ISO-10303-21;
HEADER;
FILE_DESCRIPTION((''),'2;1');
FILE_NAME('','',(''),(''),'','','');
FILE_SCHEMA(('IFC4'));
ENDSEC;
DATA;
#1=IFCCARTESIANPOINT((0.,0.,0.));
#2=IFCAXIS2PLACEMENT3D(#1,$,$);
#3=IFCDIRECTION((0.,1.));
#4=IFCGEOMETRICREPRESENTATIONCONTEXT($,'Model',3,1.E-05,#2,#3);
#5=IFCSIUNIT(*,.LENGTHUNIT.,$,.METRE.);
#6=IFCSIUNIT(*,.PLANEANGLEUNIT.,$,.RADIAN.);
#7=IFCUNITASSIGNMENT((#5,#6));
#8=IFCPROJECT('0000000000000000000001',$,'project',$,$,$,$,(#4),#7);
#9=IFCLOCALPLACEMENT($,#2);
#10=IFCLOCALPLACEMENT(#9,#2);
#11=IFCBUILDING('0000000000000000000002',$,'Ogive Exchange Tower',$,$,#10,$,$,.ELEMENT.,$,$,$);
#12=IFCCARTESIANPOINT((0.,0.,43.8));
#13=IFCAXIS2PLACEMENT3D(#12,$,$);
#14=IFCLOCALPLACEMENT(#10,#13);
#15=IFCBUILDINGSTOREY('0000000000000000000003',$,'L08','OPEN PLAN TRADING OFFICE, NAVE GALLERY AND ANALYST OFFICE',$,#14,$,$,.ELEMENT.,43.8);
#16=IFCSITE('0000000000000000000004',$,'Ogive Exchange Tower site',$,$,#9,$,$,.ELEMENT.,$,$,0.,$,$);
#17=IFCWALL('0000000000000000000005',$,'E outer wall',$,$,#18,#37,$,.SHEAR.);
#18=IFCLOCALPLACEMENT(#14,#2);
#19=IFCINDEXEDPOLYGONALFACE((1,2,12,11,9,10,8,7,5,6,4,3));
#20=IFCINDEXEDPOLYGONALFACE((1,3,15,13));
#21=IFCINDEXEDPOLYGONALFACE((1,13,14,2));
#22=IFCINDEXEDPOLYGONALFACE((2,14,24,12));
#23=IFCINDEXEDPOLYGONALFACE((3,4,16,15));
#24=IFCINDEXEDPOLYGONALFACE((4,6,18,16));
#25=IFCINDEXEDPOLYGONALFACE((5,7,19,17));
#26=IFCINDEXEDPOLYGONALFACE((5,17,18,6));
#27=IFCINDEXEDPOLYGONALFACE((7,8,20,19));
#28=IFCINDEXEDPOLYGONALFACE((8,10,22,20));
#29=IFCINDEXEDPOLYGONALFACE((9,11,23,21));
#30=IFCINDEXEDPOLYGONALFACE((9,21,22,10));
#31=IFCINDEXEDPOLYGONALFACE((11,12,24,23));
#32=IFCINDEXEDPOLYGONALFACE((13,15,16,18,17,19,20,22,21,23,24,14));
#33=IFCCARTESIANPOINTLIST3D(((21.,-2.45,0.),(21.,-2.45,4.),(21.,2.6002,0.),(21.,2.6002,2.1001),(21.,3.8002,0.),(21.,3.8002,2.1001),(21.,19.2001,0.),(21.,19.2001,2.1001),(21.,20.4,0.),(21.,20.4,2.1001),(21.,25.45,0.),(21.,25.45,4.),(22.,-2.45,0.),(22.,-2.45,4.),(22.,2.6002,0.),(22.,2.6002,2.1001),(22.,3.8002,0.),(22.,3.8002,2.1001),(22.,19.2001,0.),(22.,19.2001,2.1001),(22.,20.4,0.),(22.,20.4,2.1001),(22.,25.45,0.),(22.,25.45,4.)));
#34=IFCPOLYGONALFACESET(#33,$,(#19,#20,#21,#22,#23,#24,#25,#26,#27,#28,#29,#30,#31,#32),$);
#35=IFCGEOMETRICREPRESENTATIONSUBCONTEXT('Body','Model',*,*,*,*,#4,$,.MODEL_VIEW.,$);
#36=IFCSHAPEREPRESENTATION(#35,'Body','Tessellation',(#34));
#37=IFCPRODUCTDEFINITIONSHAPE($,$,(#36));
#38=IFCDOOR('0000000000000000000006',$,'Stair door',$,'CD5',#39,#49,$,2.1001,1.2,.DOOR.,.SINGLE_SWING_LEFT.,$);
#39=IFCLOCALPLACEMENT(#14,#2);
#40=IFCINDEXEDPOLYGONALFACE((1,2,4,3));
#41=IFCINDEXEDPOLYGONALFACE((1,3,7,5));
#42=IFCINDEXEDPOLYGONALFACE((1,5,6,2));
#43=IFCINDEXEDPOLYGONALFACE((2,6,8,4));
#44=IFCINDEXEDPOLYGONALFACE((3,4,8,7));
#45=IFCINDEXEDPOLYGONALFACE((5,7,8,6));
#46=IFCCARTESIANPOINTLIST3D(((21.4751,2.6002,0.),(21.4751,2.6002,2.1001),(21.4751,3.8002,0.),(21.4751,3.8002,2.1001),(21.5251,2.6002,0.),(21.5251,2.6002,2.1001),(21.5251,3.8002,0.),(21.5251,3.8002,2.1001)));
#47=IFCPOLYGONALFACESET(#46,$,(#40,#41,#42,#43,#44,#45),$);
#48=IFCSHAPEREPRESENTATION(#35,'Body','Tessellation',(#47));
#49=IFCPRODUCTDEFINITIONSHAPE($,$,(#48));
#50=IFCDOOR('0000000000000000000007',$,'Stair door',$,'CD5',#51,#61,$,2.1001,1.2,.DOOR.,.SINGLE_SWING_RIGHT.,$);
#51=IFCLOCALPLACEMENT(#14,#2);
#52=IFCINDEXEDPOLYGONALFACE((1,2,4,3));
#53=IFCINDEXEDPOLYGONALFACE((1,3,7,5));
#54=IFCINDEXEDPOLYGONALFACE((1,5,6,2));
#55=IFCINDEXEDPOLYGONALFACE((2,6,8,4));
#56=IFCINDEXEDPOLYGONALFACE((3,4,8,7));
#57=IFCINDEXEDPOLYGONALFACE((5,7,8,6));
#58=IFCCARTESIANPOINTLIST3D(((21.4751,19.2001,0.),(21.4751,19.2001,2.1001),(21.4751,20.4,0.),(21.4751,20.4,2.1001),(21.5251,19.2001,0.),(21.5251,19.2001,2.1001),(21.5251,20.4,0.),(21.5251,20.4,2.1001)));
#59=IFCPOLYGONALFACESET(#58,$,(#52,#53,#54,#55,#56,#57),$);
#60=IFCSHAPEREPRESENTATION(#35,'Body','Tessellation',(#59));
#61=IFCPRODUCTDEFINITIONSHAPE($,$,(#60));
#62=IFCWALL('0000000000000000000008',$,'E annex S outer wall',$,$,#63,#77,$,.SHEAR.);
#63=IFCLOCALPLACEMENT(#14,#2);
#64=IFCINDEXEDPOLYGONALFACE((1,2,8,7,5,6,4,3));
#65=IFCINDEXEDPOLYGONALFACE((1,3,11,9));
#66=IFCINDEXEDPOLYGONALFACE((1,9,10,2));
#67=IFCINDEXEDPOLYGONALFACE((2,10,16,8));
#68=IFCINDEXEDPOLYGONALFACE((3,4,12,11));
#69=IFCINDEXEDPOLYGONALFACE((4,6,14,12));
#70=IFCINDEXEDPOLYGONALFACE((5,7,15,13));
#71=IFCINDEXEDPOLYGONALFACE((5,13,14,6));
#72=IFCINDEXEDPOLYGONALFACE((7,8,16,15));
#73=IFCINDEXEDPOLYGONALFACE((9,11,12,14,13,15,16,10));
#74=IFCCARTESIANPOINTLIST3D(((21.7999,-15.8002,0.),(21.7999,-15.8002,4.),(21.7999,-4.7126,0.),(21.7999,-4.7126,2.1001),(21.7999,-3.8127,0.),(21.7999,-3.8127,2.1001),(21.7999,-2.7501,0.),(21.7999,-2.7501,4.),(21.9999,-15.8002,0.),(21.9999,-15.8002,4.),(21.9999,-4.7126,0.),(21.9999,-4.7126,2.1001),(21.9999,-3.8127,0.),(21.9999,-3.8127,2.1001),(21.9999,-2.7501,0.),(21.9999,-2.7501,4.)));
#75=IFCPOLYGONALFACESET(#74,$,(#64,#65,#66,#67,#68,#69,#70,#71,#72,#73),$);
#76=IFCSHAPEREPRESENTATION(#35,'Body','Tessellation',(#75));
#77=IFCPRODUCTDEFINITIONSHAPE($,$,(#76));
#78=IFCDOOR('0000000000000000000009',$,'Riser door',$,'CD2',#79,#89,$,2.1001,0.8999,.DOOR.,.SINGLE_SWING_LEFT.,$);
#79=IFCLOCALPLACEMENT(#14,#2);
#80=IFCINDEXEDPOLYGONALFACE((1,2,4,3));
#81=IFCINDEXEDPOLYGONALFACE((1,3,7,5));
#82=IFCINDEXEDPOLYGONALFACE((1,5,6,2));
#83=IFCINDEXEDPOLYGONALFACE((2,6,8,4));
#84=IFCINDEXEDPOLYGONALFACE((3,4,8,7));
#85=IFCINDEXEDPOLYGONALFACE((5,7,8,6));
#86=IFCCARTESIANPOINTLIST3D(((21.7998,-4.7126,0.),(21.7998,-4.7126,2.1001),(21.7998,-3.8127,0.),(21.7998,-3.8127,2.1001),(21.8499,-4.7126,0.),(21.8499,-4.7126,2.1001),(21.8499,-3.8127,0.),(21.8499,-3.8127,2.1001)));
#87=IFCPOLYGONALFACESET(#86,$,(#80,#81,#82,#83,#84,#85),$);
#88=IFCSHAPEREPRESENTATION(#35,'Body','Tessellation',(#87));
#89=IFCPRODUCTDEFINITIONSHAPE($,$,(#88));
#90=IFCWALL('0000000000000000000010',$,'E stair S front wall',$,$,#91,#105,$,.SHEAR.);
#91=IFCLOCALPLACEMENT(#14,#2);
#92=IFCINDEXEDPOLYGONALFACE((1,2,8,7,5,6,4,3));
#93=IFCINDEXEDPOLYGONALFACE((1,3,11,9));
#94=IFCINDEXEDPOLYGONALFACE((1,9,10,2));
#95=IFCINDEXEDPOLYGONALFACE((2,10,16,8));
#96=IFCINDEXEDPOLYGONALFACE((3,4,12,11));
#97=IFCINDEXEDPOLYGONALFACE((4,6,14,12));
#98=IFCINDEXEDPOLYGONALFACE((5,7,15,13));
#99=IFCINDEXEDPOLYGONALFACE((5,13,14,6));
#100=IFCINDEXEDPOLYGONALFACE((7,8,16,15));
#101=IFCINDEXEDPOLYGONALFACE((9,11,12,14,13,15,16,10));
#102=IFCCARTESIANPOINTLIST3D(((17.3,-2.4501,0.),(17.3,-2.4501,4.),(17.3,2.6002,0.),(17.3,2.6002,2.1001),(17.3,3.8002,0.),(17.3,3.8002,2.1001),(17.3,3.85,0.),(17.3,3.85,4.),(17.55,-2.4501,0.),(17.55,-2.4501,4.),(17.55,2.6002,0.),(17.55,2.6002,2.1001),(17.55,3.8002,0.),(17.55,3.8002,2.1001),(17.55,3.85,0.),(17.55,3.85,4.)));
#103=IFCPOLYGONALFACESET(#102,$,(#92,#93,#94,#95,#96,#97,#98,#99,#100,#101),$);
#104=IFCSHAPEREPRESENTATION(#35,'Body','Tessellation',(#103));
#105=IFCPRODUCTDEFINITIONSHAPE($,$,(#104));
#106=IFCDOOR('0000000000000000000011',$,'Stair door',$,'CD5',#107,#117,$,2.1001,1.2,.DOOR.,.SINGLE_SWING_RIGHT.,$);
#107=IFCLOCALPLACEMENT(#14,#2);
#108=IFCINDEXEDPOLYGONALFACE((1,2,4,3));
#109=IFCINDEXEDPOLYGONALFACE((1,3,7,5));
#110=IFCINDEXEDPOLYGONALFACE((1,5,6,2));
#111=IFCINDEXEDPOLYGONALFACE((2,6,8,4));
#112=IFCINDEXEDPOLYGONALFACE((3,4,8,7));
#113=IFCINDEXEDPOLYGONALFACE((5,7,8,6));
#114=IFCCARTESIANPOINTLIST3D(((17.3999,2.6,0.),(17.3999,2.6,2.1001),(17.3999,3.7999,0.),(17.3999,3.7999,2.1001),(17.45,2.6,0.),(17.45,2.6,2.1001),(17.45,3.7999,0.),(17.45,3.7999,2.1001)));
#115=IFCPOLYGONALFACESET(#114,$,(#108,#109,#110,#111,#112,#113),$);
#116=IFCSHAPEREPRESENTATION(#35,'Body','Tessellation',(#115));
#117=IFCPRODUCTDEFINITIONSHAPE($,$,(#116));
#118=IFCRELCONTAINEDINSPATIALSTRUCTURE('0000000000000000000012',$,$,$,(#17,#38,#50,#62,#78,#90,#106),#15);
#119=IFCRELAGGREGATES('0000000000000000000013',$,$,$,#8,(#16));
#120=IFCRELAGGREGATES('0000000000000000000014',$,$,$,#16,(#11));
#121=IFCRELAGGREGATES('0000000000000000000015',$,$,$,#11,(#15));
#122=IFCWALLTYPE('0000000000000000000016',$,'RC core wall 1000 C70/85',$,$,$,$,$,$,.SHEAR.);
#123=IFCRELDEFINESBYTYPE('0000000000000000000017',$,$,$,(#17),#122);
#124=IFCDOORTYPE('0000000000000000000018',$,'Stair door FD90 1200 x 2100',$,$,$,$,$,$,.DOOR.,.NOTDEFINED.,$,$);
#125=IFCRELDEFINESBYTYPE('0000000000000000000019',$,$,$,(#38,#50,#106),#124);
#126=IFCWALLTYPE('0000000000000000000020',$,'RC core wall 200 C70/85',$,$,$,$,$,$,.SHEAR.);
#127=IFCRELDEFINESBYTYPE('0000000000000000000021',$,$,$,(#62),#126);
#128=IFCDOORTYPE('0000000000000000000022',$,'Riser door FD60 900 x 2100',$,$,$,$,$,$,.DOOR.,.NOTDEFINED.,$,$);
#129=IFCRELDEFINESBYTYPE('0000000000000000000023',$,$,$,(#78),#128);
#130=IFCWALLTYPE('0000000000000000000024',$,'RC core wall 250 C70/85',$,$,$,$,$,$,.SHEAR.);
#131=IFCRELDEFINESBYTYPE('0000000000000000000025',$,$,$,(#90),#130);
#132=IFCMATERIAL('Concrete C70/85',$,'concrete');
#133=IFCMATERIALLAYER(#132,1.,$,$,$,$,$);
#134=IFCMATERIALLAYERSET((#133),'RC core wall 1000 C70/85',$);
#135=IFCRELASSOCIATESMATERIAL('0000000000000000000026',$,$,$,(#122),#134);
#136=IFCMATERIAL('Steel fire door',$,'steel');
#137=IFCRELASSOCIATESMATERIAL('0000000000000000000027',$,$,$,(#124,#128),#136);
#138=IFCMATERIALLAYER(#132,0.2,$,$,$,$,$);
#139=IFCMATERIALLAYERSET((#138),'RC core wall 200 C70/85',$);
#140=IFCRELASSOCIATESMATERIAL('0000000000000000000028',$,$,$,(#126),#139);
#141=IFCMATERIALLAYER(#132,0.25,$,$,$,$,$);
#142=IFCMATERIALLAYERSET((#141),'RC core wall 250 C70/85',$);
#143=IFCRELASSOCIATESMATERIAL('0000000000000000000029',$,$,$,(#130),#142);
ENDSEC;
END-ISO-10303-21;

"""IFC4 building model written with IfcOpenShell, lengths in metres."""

from ifc_helpers import new_model, si_unit, direction, frame, frame_2d, origin, place, context, subcontext, project, spatial, rectangle, extrude, material, layer, layer_set, type_object, element, fill, save


model = new_model("IFC4")

# Units and contexts
model_context = context("Model", 3, precision=1e-05, world=origin(), true_north=direction((0.0, 1.0)))
body_context = subcontext(model_context, "Body", "Model", "MODEL_VIEW")
ifc_project = project(units=[si_unit("LENGTHUNIT", "METRE"), si_unit("PLANEANGLEUNIT", "RADIAN")], contexts=[model_context])

# Site, building, storey
site_placement = place(None, origin())
site = spatial("IfcSite", under=ifc_project, at=site_placement, Name="Ogive Exchange Tower site", CompositionType="ELEMENT", RefElevation=0.0)
building_placement = place(site_placement, origin())
building = spatial("IfcBuilding", under=site, at=building_placement, Name="Ogive Exchange Tower", CompositionType="ELEMENT")
storey_placement = place(building_placement, frame((0.0, 0.0, 43.8)))
storey = spatial("IfcBuildingStorey", under=building, at=storey_placement, Name="L08", Description="OPEN PLAN TRADING OFFICE, NAVE GALLERY AND ANALYST OFFICE", CompositionType="ELEMENT", Elevation=43.8)

# Wall, openings, doors
ifc_material_1 = material(Name="Concrete C70/85", Category="concrete")
ifc_layer_1 = layer(ifc_material_1, 1.0)
ifc_layer_set_1 = layer_set([ifc_layer_1], Name="RC core wall 1000 C70/85")
wall_type_1 = type_object("IfcWallType", Name="RC core wall 1000 C70/85", PredefinedType="SHEAR", material=ifc_layer_set_1)
wall_1_placement = place(storey_placement, frame((21.5, -2.45, 0.0), z_axis=(0.0, 0.0, 1.0), x_axis=(0.0, 1.0, 0.0)))
wall_1 = element("IfcWall", 1, at=wall_1_placement, inside=storey, type_object=wall_type_1, Name="E outer wall", PredefinedType="SHEAR", context=body_context, shape_type="SweptSolid", body=[
    extrude(rectangle(XDim=27.8999, YDim=1.0, at=frame_2d((13.95, 0.0))), origin(), (0.0, 0.0, 1.0), 4.0),
])
opening_1_placement = place(wall_1_placement, frame((5.05, 0.0, 0.0)))
opening_1 = element("IfcOpeningElement", 2, at=opening_1_placement, cuts=wall_1, PredefinedType="OPENING", context=body_context, shape_type="SweptSolid", body=[
    extrude(rectangle(XDim=1.2, YDim=2.1001, at=frame_2d((0.6001, 1.05))), frame((0.0, 0.51, 0.0), z_axis=(0.0, -1.0, 0.0), x_axis=(1.0, 0.0, 0.0)), (0.0, 0.0, 1.0), 1.02),
])
opening_2_placement = place(wall_1_placement, frame((21.6499, 0.0, 0.0)))
opening_2 = element("IfcOpeningElement", 3, at=opening_2_placement, cuts=wall_1, PredefinedType="OPENING", context=body_context, shape_type="SweptSolid", body=[
    extrude(rectangle(XDim=1.2, YDim=2.1001, at=frame_2d((0.6001, 1.05))), frame((0.0, 0.51, 0.0), z_axis=(0.0, -1.0, 0.0), x_axis=(1.0, 0.0, 0.0)), (0.0, 0.0, 1.0), 1.02),
])
ifc_material_2 = material(Name="Steel fire door", Category="steel")
door_type_1 = type_object("IfcDoorType", Name="Stair door FD90 1200 x 2100", OperationType="NOTDEFINED", PredefinedType="DOOR", material=ifc_material_2)
door_1_placement = place(opening_1_placement, origin())
door_1 = element("IfcDoor", 4, at=door_1_placement, inside=storey, type_object=door_type_1, Name="Stair door", ObjectType="CD5", OperationType="SINGLE_SWING_LEFT", OverallHeight=2.1001, OverallWidth=1.2, PredefinedType="DOOR", context=body_context, shape_type="SweptSolid", body=[
    extrude(rectangle(XDim=1.2, YDim=2.1001, at=frame_2d((0.6001, 1.05))), frame((0.0, 0.0249, 0.0), z_axis=(0.0, -1.0, 0.0), x_axis=(1.0, 0.0, 0.0)), (0.0, 0.0, 1.0), 0.05),
])
fill(opening_1, door_1)
door_2_placement = place(opening_2_placement, origin())
door_2 = element("IfcDoor", 5, at=door_2_placement, inside=storey, type_object=door_type_1, Name="Stair door", ObjectType="CD5", OperationType="SINGLE_SWING_RIGHT", OverallHeight=2.1001, OverallWidth=1.2, PredefinedType="DOOR", context=body_context, shape_type="SweptSolid", body=[
    extrude(rectangle(XDim=1.2, YDim=2.1001, at=frame_2d((0.6001, 1.05))), frame((0.0, 0.0249, 0.0), z_axis=(0.0, -1.0, 0.0), x_axis=(1.0, 0.0, 0.0)), (0.0, 0.0, 1.0), 0.05),
])
fill(opening_2, door_2)

# Walls, openings, doors
ifc_layer_2 = layer(ifc_material_1, 0.2)
ifc_layer_set_2 = layer_set([ifc_layer_2], Name="RC core wall 200 C70/85")
wall_type_2 = type_object("IfcWallType", Name="RC core wall 200 C70/85", PredefinedType="SHEAR", material=ifc_layer_set_2)
wall_2_placement = place(storey_placement, frame((21.8999, -15.8, 0.0), z_axis=(0.0, 0.0, 1.0), x_axis=(0.0, 1.0, 0.0)))
wall_2 = element("IfcWall", 6, at=wall_2_placement, inside=storey, type_object=wall_type_2, Name="E annex S outer wall", PredefinedType="SHEAR", context=body_context, shape_type="SweptSolid", body=[
    extrude(rectangle(XDim=13.05, YDim=0.2, at=frame_2d((6.5249, 0.0))), origin(), (0.0, 0.0, 1.0), 4.0),
])
opening_3_placement = place(wall_2_placement, frame((11.0874, 0.0, 0.0)))
opening_3 = element("IfcOpeningElement", 7, at=opening_3_placement, cuts=wall_2, PredefinedType="OPENING", context=body_context, shape_type="SweptSolid", body=[
    extrude(rectangle(XDim=0.8999, YDim=2.1001, at=frame_2d((0.45, 1.05))), frame((0.0, 0.1099, 0.0), z_axis=(0.0, -1.0, 0.0), x_axis=(1.0, 0.0, 0.0)), (0.0, 0.0, 1.0), 0.22),
])
door_type_2 = type_object("IfcDoorType", Name="Riser door FD60 900 x 2100", OperationType="NOTDEFINED", PredefinedType="DOOR", material=ifc_material_2)
door_3_placement = place(opening_3_placement, origin())
door_3 = element("IfcDoor", 8, at=door_3_placement, inside=storey, type_object=door_type_2, Name="Riser door", ObjectType="CD2", OperationType="SINGLE_SWING_LEFT", OverallHeight=2.1001, OverallWidth=0.8999, PredefinedType="DOOR", context=body_context, shape_type="SweptSolid", body=[
    extrude(rectangle(XDim=0.8999, YDim=2.1001, at=frame_2d((0.45, 1.05))), frame((0.0, 0.1001, 0.0), z_axis=(0.0, -1.0, 0.0), x_axis=(1.0, 0.0, 0.0)), (0.0, 0.0, 1.0), 0.05),
])
fill(opening_3, door_3)
ifc_layer_3 = layer(ifc_material_1, 0.25)
ifc_layer_set_3 = layer_set([ifc_layer_3], Name="RC core wall 250 C70/85")
wall_type_3 = type_object("IfcWallType", Name="RC core wall 250 C70/85", PredefinedType="SHEAR", material=ifc_layer_set_3)
wall_3_placement = place(storey_placement, frame((17.425, -2.45, 0.0), z_axis=(0.0, 0.0, 1.0), x_axis=(0.0, 1.0, 0.0)))
wall_3 = element("IfcWall", 9, at=wall_3_placement, inside=storey, type_object=wall_type_3, Name="E stair S front wall", PredefinedType="SHEAR", context=body_context, shape_type="SweptSolid", body=[
    extrude(rectangle(XDim=6.3, YDim=0.25, at=frame_2d((3.1499, 0.0))), origin(), (0.0, 0.0, 1.0), 4.0),
])
opening_4_placement = place(wall_3_placement, frame((5.05, 0.0, 0.0)))
opening_4 = element("IfcOpeningElement", 10, at=opening_4_placement, cuts=wall_3, PredefinedType="OPENING", context=body_context, shape_type="SweptSolid", body=[
    extrude(rectangle(XDim=1.2, YDim=2.1001, at=frame_2d((0.6001, 1.05))), frame((0.0, 0.135, 0.0), z_axis=(0.0, -1.0, 0.0), x_axis=(1.0, 0.0, 0.0)), (0.0, 0.0, 1.0), 0.27),
])
door_4_placement = place(opening_4_placement, frame((1.2, 0.0, 0.0), z_axis=(0.0, 0.0, 1.0), x_axis=(-1.0, 0.0, 0.0)))
door_4 = element("IfcDoor", 11, at=door_4_placement, inside=storey, type_object=door_type_1, Name="Stair door", ObjectType="CD5", OperationType="SINGLE_SWING_RIGHT", OverallHeight=2.1001, OverallWidth=1.2, PredefinedType="DOOR", context=body_context, shape_type="SweptSolid", body=[
    extrude(rectangle(XDim=1.2, YDim=2.1001, at=frame_2d((0.6001, 1.05))), frame((0.0, 0.0249, 0.0), z_axis=(0.0, -1.0, 0.0), x_axis=(1.0, 0.0, 0.0)), (0.0, 0.0, 1.0), 0.05),
])
fill(opening_4, door_4)

save(model, "model.ifc")
